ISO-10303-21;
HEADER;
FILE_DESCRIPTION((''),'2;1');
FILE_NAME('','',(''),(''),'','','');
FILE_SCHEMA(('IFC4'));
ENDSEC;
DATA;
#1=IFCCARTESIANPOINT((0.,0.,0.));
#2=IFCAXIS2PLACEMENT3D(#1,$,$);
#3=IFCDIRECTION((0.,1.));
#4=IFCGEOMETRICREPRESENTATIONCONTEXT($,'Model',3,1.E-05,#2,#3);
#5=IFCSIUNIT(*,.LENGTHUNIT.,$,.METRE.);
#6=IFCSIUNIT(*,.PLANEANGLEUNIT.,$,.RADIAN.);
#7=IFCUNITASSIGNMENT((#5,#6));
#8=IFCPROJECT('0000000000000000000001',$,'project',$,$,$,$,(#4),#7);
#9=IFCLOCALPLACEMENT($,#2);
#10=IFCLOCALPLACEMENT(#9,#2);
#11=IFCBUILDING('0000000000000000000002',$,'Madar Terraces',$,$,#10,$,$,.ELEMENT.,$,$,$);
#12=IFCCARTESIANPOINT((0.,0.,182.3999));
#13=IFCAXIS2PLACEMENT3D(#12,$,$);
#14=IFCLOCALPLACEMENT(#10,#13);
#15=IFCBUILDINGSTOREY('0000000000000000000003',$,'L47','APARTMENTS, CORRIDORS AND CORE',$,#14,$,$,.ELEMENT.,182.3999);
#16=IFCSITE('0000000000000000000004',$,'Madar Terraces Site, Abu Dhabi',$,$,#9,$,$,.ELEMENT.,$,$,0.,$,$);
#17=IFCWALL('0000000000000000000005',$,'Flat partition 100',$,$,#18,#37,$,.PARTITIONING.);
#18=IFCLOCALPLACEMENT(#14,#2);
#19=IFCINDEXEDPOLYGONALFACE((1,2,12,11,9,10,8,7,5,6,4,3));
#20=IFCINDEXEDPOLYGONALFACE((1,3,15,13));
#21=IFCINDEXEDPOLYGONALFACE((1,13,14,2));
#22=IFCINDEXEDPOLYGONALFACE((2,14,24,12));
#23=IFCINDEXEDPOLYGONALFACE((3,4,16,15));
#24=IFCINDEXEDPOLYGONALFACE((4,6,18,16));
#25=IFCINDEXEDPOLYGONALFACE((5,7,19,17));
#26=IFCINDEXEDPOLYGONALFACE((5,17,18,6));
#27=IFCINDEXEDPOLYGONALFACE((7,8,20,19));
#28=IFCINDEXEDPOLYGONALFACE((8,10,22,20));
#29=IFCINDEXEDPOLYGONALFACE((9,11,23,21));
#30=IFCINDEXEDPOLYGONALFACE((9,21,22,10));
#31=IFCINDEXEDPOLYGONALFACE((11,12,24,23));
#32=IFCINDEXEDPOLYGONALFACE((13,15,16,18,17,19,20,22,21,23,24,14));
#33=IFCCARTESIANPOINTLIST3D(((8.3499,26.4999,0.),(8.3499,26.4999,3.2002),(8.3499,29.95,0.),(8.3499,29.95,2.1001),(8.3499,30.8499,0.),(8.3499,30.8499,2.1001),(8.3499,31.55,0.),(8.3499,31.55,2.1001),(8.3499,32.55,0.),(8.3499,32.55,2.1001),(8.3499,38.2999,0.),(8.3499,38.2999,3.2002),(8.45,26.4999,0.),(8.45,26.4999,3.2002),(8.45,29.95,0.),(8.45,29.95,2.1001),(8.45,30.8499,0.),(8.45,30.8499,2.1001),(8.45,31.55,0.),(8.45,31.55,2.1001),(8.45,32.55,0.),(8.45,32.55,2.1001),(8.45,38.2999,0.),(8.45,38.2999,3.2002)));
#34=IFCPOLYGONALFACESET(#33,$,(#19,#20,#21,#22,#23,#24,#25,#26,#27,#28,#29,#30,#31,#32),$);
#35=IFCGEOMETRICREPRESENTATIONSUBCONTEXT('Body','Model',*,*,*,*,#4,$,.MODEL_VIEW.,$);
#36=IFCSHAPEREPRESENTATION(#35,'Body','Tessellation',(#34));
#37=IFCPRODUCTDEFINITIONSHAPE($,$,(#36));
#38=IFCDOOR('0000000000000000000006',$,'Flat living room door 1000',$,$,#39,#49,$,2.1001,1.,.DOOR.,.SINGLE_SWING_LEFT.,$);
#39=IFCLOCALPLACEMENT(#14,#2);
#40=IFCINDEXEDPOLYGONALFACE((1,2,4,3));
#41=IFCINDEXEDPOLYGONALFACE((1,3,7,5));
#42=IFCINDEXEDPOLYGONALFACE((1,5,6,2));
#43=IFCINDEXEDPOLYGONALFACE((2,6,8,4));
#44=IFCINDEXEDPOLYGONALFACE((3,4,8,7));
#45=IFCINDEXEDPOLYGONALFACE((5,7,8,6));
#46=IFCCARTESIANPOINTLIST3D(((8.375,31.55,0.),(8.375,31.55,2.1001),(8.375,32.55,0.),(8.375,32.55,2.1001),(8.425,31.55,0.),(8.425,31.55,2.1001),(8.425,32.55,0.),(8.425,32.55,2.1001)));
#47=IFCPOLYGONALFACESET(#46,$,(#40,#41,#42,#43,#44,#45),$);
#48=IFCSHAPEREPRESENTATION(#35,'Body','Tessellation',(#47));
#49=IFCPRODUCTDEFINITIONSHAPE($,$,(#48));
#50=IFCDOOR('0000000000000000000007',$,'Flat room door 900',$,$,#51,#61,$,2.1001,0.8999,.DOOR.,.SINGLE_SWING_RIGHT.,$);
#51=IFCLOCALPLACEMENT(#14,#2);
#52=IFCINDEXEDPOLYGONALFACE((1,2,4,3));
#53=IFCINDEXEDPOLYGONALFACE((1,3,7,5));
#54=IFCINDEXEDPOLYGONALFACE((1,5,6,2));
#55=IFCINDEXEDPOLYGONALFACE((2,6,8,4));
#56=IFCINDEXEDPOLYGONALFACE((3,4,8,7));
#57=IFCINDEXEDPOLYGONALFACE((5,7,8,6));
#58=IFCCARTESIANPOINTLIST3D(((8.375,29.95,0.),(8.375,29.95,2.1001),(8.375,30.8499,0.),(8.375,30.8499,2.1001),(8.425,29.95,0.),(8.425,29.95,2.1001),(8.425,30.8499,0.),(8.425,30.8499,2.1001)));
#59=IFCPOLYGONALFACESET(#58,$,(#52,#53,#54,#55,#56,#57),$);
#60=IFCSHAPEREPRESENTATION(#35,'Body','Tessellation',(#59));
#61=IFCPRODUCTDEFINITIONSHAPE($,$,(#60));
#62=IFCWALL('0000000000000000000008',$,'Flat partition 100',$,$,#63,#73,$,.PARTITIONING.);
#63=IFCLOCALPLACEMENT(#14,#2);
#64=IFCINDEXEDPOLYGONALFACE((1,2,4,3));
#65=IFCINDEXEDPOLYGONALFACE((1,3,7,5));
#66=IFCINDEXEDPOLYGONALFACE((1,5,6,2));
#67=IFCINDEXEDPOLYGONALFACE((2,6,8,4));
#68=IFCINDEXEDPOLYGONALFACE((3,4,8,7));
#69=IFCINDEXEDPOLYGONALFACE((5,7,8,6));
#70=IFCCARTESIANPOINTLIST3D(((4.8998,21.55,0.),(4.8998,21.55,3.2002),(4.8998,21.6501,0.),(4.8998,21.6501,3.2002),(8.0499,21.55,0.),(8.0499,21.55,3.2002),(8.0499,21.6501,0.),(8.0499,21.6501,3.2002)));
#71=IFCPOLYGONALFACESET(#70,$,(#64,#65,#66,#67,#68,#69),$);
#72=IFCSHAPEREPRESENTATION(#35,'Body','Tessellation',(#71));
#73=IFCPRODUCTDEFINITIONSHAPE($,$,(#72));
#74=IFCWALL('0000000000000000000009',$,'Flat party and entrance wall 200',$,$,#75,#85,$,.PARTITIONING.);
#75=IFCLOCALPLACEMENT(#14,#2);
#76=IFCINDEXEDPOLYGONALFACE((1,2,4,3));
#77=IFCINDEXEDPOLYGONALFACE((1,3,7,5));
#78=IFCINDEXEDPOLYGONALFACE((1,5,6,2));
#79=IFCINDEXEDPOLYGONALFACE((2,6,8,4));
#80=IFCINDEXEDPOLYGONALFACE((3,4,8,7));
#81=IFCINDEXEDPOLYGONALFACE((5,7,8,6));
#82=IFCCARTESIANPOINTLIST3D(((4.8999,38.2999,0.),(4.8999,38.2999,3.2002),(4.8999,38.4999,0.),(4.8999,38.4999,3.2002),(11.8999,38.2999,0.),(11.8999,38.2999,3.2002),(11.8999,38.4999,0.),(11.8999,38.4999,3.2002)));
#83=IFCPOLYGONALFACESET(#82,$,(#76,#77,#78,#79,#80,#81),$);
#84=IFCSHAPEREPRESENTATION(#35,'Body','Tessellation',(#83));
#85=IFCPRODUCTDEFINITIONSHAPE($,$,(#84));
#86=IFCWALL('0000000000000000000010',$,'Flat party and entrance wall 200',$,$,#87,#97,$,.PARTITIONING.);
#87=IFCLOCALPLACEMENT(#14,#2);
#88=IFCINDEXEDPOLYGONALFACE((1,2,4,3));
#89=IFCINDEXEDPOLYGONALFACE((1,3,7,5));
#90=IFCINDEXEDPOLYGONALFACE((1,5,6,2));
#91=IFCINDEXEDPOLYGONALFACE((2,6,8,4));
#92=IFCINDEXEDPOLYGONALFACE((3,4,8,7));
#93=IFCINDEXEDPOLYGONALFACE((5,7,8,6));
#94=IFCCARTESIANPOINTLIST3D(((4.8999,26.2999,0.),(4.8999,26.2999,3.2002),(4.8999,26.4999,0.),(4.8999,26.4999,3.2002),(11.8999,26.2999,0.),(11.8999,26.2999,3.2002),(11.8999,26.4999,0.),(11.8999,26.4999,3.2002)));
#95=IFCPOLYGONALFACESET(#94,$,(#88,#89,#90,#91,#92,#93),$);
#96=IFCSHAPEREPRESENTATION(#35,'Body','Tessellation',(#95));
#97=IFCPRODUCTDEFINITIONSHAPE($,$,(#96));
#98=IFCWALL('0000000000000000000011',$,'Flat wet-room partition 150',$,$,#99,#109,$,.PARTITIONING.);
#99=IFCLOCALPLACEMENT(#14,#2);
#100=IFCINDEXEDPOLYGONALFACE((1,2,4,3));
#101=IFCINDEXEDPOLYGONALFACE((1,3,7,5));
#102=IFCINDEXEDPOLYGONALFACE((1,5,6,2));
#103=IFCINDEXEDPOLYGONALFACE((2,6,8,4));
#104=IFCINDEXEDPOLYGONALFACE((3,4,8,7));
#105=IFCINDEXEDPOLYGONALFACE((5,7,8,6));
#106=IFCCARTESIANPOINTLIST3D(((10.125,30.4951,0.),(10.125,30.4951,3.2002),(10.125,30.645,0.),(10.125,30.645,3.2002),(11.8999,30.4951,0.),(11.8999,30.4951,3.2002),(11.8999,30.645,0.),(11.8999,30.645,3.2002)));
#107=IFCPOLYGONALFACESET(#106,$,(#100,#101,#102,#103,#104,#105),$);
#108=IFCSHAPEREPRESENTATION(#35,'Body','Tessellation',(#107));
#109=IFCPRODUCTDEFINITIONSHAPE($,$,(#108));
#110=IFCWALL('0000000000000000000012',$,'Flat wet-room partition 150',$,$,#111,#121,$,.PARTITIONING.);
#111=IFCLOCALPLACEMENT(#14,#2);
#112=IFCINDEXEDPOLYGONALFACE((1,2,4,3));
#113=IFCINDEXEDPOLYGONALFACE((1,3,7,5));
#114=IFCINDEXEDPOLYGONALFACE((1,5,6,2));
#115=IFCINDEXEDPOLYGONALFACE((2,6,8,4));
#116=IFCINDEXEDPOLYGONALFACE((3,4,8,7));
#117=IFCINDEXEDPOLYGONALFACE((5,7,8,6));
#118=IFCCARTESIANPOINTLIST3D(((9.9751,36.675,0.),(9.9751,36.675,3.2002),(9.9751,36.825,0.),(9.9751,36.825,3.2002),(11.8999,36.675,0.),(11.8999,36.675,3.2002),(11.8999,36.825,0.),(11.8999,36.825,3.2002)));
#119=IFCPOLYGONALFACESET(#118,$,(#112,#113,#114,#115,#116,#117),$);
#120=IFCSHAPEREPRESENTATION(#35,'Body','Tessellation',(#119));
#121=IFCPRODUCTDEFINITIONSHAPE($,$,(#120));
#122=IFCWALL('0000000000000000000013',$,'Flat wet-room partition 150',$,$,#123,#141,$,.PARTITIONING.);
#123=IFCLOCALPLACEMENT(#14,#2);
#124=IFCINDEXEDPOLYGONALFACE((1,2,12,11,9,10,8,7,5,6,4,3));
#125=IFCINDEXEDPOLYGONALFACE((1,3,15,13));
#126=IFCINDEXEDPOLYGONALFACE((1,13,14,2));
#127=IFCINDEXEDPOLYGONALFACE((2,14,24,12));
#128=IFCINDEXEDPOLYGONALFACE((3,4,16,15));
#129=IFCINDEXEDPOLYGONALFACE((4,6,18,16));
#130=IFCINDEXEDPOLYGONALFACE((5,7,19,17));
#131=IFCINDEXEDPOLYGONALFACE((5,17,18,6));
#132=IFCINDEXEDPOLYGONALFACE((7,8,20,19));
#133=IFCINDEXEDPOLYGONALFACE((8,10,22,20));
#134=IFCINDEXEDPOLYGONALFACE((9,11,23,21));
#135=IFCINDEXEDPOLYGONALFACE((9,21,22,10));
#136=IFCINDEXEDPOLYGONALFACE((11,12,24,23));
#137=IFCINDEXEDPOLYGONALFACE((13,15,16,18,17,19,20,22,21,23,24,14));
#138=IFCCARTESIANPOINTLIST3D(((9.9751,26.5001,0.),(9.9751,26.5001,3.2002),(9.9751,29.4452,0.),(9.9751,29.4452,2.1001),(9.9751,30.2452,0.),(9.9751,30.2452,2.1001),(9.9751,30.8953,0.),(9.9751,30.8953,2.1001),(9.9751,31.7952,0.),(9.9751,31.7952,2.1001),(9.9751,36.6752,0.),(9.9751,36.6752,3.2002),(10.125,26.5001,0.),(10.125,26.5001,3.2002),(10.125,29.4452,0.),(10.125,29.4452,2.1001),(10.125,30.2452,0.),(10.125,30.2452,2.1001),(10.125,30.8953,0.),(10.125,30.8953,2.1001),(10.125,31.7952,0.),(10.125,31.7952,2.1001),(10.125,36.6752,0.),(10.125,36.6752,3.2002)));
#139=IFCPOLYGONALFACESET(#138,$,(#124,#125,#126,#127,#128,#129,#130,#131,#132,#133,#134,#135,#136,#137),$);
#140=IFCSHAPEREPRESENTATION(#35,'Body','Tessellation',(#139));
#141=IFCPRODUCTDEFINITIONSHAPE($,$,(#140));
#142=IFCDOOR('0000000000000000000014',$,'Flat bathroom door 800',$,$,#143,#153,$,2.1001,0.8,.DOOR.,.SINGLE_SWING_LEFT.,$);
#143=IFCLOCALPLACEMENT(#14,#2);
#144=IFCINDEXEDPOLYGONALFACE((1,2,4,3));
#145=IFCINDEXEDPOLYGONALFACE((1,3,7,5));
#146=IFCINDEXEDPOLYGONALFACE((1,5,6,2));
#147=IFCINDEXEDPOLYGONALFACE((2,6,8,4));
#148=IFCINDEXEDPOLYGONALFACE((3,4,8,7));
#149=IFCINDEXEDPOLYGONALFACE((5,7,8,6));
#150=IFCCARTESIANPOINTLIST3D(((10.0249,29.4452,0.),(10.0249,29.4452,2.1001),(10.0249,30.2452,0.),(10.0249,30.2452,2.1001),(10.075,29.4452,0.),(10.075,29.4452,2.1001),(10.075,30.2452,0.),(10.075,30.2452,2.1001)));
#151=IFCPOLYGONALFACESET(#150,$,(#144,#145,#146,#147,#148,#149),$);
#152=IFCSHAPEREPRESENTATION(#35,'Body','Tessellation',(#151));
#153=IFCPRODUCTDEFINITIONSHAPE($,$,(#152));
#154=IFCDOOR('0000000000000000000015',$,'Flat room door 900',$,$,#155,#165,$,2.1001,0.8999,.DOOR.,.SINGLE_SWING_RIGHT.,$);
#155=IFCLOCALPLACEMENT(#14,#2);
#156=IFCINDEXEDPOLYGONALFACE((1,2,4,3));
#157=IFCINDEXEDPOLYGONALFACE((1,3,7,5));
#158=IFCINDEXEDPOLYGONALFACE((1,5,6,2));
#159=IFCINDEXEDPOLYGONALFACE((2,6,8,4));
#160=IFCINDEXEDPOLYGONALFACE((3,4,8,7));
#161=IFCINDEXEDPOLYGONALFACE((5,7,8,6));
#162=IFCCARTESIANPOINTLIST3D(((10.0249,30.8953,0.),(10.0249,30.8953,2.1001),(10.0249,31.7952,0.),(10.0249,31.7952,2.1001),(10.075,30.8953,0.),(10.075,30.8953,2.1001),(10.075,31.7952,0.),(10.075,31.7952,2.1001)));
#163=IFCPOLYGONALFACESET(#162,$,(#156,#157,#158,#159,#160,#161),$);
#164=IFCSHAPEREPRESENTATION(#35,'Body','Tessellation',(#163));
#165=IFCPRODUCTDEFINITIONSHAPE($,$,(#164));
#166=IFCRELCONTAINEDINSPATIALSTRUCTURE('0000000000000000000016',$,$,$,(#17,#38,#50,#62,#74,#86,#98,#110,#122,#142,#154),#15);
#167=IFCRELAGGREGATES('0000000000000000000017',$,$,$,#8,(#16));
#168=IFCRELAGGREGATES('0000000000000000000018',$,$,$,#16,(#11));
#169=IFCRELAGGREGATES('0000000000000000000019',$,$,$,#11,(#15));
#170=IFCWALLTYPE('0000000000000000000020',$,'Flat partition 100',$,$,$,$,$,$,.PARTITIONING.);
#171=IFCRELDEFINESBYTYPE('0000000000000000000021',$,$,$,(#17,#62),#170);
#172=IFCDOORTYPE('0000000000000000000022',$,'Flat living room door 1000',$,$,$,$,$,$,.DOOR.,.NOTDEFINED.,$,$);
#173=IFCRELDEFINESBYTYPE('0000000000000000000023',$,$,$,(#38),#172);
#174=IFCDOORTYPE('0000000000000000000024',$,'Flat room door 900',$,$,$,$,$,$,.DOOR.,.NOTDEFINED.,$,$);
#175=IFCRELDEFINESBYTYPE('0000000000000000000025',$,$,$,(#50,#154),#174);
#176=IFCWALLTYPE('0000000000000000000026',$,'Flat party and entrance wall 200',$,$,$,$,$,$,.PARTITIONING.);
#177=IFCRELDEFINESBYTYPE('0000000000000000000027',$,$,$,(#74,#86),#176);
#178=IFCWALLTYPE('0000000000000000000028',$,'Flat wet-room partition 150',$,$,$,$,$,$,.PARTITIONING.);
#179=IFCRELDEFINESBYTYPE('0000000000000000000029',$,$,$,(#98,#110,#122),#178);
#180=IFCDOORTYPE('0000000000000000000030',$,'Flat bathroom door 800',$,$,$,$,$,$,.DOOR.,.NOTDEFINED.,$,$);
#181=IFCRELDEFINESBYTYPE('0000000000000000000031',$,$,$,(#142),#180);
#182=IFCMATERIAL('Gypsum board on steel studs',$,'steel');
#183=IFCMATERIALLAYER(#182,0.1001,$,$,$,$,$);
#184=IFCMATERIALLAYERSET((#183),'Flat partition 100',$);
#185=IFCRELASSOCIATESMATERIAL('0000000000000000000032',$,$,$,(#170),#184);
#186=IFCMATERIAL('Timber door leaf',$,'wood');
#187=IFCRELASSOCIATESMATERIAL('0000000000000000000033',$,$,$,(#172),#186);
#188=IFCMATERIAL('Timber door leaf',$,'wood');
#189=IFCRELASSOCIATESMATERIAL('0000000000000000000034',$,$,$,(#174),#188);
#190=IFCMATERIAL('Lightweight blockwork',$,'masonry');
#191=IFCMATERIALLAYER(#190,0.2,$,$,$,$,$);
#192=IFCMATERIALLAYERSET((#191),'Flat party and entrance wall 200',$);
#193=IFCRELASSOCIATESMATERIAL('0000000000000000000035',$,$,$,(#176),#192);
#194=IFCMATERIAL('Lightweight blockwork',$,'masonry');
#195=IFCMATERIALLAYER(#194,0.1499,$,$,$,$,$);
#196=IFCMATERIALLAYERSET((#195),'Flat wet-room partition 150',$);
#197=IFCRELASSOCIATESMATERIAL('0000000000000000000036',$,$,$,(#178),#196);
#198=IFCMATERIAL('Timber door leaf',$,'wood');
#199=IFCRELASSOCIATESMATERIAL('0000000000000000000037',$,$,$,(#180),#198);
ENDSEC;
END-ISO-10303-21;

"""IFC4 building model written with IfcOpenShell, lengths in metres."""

from ifc_helpers import new_model, si_unit, direction, frame, frame_2d, origin, place, context, subcontext, project, spatial, rectangle, extrude, material, layer, layer_set, type_object, element, fill, save


model = new_model("IFC4")

# Units and contexts
model_context = context("Model", 3, precision=1e-05, world=origin(), true_north=direction((0.0, 1.0)))
body_context = subcontext(model_context, "Body", "Model", "MODEL_VIEW")
ifc_project = project(units=[si_unit("LENGTHUNIT", "METRE"), si_unit("PLANEANGLEUNIT", "RADIAN")], contexts=[model_context])

# Site, building, storey
site_placement = place(None, origin())
site = spatial("IfcSite", under=ifc_project, at=site_placement, Name="Madar Terraces Site, Abu Dhabi", CompositionType="ELEMENT", RefElevation=0.0)
building_placement = place(site_placement, origin())
building = spatial("IfcBuilding", under=site, at=building_placement, Name="Madar Terraces", CompositionType="ELEMENT")
storey_placement = place(building_placement, frame((0.0, 0.0, 182.3999)))
storey = spatial("IfcBuildingStorey", under=building, at=storey_placement, Name="L47", Description="APARTMENTS, CORRIDORS AND CORE", CompositionType="ELEMENT", Elevation=182.3999)

# Shared definitions
ifc_material_1 = material(Name="Gypsum board on steel studs", Category="steel")
ifc_layer_1 = layer(ifc_material_1, 0.1001)
ifc_layer_set_1 = layer_set([ifc_layer_1], Name="Flat partition 100")
wall_type_1 = type_object("IfcWallType", Name="Flat partition 100", PredefinedType="PARTITIONING", material=ifc_layer_set_1)

# Wall, openings, doors
wall_1_placement = place(storey_placement, frame((8.3999, 26.5, 0.0), z_axis=(0.0, 0.0, 1.0), x_axis=(0.0, 1.0, 0.0)))
wall_1 = element("IfcWall", 1, at=wall_1_placement, inside=storey, type_object=wall_type_1, Name="Flat partition 100", PredefinedType="PARTITIONING", context=body_context, shape_type="SweptSolid", body=[
    extrude(rectangle(XDim=11.8, YDim=0.1001, at=frame_2d((5.8999, 0.0))), origin(), (0.0, 0.0, 1.0), 3.2002),
])
opening_1_placement = place(wall_1_placement, frame((5.05, 0.0, 0.0)))
opening_1 = element("IfcOpeningElement", 2, at=opening_1_placement, cuts=wall_1, PredefinedType="OPENING", context=body_context, shape_type="SweptSolid", body=[
    extrude(rectangle(XDim=1.0, YDim=2.1001, at=frame_2d((0.5, 1.05))), frame((0.0, 0.0601, 0.0), z_axis=(0.0, -1.0, 0.0), x_axis=(1.0, 0.0, 0.0)), (0.0, 0.0, 1.0), 0.1201),
])
opening_2_placement = place(wall_1_placement, frame((3.45, 0.0, 0.0)))
opening_2 = element("IfcOpeningElement", 3, at=opening_2_placement, cuts=wall_1, PredefinedType="OPENING", context=body_context, shape_type="SweptSolid", body=[
    extrude(rectangle(XDim=0.8999, YDim=2.1001, at=frame_2d((0.45, 1.05))), frame((0.0, 0.0601, 0.0), z_axis=(0.0, -1.0, 0.0), x_axis=(1.0, 0.0, 0.0)), (0.0, 0.0, 1.0), 0.1201),
])
ifc_material_2 = material(Name="Timber door leaf", Category="wood")
door_type_1 = type_object("IfcDoorType", Name="Flat living room door 1000", OperationType="NOTDEFINED", PredefinedType="DOOR", material=ifc_material_2)
door_1_placement = place(opening_1_placement, origin())
door_1 = element("IfcDoor", 4, at=door_1_placement, inside=storey, type_object=door_type_1, Name="Flat living room door 1000", OperationType="SINGLE_SWING_LEFT", OverallHeight=2.1001, OverallWidth=1.0, PredefinedType="DOOR", context=body_context, shape_type="SweptSolid", body=[
    extrude(rectangle(XDim=1.0, YDim=2.1001, at=frame_2d((0.5, 1.05))), frame((0.0, 0.0249, 0.0), z_axis=(0.0, -1.0, 0.0), x_axis=(1.0, 0.0, 0.0)), (0.0, 0.0, 1.0), 0.05),
])
fill(opening_1, door_1)
ifc_material_3 = material(Name="Timber door leaf", Category="wood")
door_type_2 = type_object("IfcDoorType", Name="Flat room door 900", OperationType="NOTDEFINED", PredefinedType="DOOR", material=ifc_material_3)
door_2_placement = place(opening_2_placement, origin())
door_2 = element("IfcDoor", 5, at=door_2_placement, inside=storey, type_object=door_type_2, Name="Flat room door 900", OperationType="SINGLE_SWING_RIGHT", OverallHeight=2.1001, OverallWidth=0.8999, PredefinedType="DOOR", context=body_context, shape_type="SweptSolid", body=[
    extrude(rectangle(XDim=0.8999, YDim=2.1001, at=frame_2d((0.45, 1.05))), frame((0.0, 0.0249, 0.0), z_axis=(0.0, -1.0, 0.0), x_axis=(1.0, 0.0, 0.0)), (0.0, 0.0, 1.0), 0.05),
])
fill(opening_2, door_2)

# Walls
wall_2_placement = place(storey_placement, frame((8.05, 21.6001, 0.0), z_axis=(0.0, 0.0, 1.0), x_axis=(-1.0, 0.0, 0.0)))
element("IfcWall", 6, at=wall_2_placement, inside=storey, type_object=wall_type_1, Name="Flat partition 100", PredefinedType="PARTITIONING", context=body_context, shape_type="SweptSolid", body=[
    extrude(rectangle(XDim=3.1501, YDim=0.1001, at=frame_2d((1.5752, 0.0))), origin(), (0.0, 0.0, 1.0), 3.2002),
])
ifc_material_4 = material(Name="Lightweight blockwork", Category="masonry")
ifc_layer_2 = layer(ifc_material_4, 0.2)
ifc_layer_set_2 = layer_set([ifc_layer_2], Name="Flat party and entrance wall 200")
wall_type_2 = type_object("IfcWallType", Name="Flat party and entrance wall 200", PredefinedType="PARTITIONING", material=ifc_layer_set_2)
for number, where, z_axis, x_axis, name in (
    (7, (4.8999, 38.3999, 0.0), (0.0, 0.0, 1.0), (1.0, 0.0, 0.0), "Flat party and entrance wall 200"),
    (8, (4.8999, 26.3999, 0.0), (0.0, 0.0, 1.0), (1.0, 0.0, 0.0), "Flat party and entrance wall 200"),
):
    element("IfcWall", number, at=place(storey_placement, frame(where, z_axis=z_axis, x_axis=x_axis)), inside=storey, type_object=wall_type_2, Name=name, PredefinedType="PARTITIONING", context=body_context, shape_type="SweptSolid", body=[
        extrude(rectangle(XDim=7.0, YDim=0.2, at=frame_2d((3.5, 0.0))), origin(), (0.0, 0.0, 1.0), 3.2002),
    ])
ifc_material_5 = material(Name="Lightweight blockwork", Category="masonry")
ifc_layer_3 = layer(ifc_material_5, 0.1499)
ifc_layer_set_3 = layer_set([ifc_layer_3], Name="Flat wet-room partition 150")
wall_type_3 = type_object("IfcWallType", Name="Flat wet-room partition 150", PredefinedType="PARTITIONING", material=ifc_layer_set_3)
wall_3_placement = place(storey_placement, frame((11.8999, 30.5701, 0.0), z_axis=(0.0, 0.0, 1.0), x_axis=(-1.0, 0.0, 0.0)))
element("IfcWall", 9, at=wall_3_placement, inside=storey, type_object=wall_type_3, Name="Flat wet-room partition 150", PredefinedType="PARTITIONING", context=body_context, shape_type="SweptSolid", body=[
    extrude(rectangle(XDim=1.7749, YDim=0.1499, at=frame_2d((0.8875, 0.0))), origin(), (0.0, 0.0, 1.0), 3.2002),
])
wall_4_placement = place(storey_placement, frame((11.8999, 36.75, 0.0), z_axis=(0.0, 0.0, 1.0), x_axis=(-1.0, 0.0, 0.0)))
element("IfcWall", 10, at=wall_4_placement, inside=storey, type_object=wall_type_3, Name="Flat wet-room partition 150", PredefinedType="PARTITIONING", context=body_context, shape_type="SweptSolid", body=[
    extrude(rectangle(XDim=1.9248, YDim=0.1499, at=frame_2d((0.9624, 0.0))), origin(), (0.0, 0.0, 1.0), 3.2002),
])

# Wall, openings, doors
wall_5_placement = place(storey_placement, frame((10.05, 36.675, 0.0), z_axis=(0.0, 0.0, 1.0), x_axis=(0.0, -1.0, 0.0)))
wall_5 = element("IfcWall", 11, at=wall_5_placement, inside=storey, type_object=wall_type_3, Name="Flat wet-room partition 150", PredefinedType="PARTITIONING", context=body_context, shape_type="SweptSolid", body=[
    extrude(rectangle(XDim=10.175, YDim=0.1499, at=frame_2d((5.0874, 0.0))), origin(), (0.0, 0.0, 1.0), 3.2002),
])
opening_3_placement = place(wall_5_placement, frame((4.8799, 0.0, 0.0)))
opening_3 = element("IfcOpeningElement", 12, at=opening_3_placement, cuts=wall_5, PredefinedType="OPENING", context=body_context, shape_type="SweptSolid", body=[
    extrude(rectangle(XDim=0.8999, YDim=2.1001, at=frame_2d((0.45, 1.05))), frame((0.0, 0.085, 0.0), z_axis=(0.0, -1.0, 0.0), x_axis=(1.0, 0.0, 0.0)), (0.0, 0.0, 1.0), 0.1699),
])
opening_4_placement = place(wall_5_placement, frame((6.4299, 0.0, 0.0)))
opening_4 = element("IfcOpeningElement", 13, at=opening_4_placement, cuts=wall_5, PredefinedType="OPENING", context=body_context, shape_type="SweptSolid", body=[
    extrude(rectangle(XDim=0.8, YDim=2.1001, at=frame_2d((0.3999, 1.05))), frame((0.0, 0.085, 0.0), z_axis=(0.0, -1.0, 0.0), x_axis=(1.0, 0.0, 0.0)), (0.0, 0.0, 1.0), 0.1699),
])
ifc_material_6 = material(Name="Timber door leaf", Category="wood")
door_type_3 = type_object("IfcDoorType", Name="Flat bathroom door 800", OperationType="NOTDEFINED", PredefinedType="DOOR", material=ifc_material_6)
door_3_placement = place(opening_4_placement, origin())
door_3 = element("IfcDoor", 14, at=door_3_placement, inside=storey, type_object=door_type_3, Name="Flat bathroom door 800", OperationType="SINGLE_SWING_LEFT", OverallHeight=2.1001, OverallWidth=0.8, PredefinedType="DOOR", context=body_context, shape_type="SweptSolid", body=[
    extrude(rectangle(XDim=0.8, YDim=2.1001, at=frame_2d((0.3999, 1.05))), frame((0.0, 0.0249, 0.0), z_axis=(0.0, -1.0, 0.0), x_axis=(1.0, 0.0, 0.0)), (0.0, 0.0, 1.0), 0.05),
])
fill(opening_4, door_3)
door_4_placement = place(opening_3_placement, origin())
door_4 = element("IfcDoor", 15, at=door_4_placement, inside=storey, type_object=door_type_2, Name="Flat room door 900", OperationType="SINGLE_SWING_RIGHT", OverallHeight=2.1001, OverallWidth=0.8999, PredefinedType="DOOR", context=body_context, shape_type="SweptSolid", body=[
    extrude(rectangle(XDim=0.8999, YDim=2.1001, at=frame_2d((0.45, 1.05))), frame((0.0, 0.0249, 0.0), z_axis=(0.0, -1.0, 0.0), x_axis=(1.0, 0.0, 0.0)), (0.0, 0.0, 1.0), 0.05),
])
fill(opening_3, door_4)

save(model, "model.ifc")
